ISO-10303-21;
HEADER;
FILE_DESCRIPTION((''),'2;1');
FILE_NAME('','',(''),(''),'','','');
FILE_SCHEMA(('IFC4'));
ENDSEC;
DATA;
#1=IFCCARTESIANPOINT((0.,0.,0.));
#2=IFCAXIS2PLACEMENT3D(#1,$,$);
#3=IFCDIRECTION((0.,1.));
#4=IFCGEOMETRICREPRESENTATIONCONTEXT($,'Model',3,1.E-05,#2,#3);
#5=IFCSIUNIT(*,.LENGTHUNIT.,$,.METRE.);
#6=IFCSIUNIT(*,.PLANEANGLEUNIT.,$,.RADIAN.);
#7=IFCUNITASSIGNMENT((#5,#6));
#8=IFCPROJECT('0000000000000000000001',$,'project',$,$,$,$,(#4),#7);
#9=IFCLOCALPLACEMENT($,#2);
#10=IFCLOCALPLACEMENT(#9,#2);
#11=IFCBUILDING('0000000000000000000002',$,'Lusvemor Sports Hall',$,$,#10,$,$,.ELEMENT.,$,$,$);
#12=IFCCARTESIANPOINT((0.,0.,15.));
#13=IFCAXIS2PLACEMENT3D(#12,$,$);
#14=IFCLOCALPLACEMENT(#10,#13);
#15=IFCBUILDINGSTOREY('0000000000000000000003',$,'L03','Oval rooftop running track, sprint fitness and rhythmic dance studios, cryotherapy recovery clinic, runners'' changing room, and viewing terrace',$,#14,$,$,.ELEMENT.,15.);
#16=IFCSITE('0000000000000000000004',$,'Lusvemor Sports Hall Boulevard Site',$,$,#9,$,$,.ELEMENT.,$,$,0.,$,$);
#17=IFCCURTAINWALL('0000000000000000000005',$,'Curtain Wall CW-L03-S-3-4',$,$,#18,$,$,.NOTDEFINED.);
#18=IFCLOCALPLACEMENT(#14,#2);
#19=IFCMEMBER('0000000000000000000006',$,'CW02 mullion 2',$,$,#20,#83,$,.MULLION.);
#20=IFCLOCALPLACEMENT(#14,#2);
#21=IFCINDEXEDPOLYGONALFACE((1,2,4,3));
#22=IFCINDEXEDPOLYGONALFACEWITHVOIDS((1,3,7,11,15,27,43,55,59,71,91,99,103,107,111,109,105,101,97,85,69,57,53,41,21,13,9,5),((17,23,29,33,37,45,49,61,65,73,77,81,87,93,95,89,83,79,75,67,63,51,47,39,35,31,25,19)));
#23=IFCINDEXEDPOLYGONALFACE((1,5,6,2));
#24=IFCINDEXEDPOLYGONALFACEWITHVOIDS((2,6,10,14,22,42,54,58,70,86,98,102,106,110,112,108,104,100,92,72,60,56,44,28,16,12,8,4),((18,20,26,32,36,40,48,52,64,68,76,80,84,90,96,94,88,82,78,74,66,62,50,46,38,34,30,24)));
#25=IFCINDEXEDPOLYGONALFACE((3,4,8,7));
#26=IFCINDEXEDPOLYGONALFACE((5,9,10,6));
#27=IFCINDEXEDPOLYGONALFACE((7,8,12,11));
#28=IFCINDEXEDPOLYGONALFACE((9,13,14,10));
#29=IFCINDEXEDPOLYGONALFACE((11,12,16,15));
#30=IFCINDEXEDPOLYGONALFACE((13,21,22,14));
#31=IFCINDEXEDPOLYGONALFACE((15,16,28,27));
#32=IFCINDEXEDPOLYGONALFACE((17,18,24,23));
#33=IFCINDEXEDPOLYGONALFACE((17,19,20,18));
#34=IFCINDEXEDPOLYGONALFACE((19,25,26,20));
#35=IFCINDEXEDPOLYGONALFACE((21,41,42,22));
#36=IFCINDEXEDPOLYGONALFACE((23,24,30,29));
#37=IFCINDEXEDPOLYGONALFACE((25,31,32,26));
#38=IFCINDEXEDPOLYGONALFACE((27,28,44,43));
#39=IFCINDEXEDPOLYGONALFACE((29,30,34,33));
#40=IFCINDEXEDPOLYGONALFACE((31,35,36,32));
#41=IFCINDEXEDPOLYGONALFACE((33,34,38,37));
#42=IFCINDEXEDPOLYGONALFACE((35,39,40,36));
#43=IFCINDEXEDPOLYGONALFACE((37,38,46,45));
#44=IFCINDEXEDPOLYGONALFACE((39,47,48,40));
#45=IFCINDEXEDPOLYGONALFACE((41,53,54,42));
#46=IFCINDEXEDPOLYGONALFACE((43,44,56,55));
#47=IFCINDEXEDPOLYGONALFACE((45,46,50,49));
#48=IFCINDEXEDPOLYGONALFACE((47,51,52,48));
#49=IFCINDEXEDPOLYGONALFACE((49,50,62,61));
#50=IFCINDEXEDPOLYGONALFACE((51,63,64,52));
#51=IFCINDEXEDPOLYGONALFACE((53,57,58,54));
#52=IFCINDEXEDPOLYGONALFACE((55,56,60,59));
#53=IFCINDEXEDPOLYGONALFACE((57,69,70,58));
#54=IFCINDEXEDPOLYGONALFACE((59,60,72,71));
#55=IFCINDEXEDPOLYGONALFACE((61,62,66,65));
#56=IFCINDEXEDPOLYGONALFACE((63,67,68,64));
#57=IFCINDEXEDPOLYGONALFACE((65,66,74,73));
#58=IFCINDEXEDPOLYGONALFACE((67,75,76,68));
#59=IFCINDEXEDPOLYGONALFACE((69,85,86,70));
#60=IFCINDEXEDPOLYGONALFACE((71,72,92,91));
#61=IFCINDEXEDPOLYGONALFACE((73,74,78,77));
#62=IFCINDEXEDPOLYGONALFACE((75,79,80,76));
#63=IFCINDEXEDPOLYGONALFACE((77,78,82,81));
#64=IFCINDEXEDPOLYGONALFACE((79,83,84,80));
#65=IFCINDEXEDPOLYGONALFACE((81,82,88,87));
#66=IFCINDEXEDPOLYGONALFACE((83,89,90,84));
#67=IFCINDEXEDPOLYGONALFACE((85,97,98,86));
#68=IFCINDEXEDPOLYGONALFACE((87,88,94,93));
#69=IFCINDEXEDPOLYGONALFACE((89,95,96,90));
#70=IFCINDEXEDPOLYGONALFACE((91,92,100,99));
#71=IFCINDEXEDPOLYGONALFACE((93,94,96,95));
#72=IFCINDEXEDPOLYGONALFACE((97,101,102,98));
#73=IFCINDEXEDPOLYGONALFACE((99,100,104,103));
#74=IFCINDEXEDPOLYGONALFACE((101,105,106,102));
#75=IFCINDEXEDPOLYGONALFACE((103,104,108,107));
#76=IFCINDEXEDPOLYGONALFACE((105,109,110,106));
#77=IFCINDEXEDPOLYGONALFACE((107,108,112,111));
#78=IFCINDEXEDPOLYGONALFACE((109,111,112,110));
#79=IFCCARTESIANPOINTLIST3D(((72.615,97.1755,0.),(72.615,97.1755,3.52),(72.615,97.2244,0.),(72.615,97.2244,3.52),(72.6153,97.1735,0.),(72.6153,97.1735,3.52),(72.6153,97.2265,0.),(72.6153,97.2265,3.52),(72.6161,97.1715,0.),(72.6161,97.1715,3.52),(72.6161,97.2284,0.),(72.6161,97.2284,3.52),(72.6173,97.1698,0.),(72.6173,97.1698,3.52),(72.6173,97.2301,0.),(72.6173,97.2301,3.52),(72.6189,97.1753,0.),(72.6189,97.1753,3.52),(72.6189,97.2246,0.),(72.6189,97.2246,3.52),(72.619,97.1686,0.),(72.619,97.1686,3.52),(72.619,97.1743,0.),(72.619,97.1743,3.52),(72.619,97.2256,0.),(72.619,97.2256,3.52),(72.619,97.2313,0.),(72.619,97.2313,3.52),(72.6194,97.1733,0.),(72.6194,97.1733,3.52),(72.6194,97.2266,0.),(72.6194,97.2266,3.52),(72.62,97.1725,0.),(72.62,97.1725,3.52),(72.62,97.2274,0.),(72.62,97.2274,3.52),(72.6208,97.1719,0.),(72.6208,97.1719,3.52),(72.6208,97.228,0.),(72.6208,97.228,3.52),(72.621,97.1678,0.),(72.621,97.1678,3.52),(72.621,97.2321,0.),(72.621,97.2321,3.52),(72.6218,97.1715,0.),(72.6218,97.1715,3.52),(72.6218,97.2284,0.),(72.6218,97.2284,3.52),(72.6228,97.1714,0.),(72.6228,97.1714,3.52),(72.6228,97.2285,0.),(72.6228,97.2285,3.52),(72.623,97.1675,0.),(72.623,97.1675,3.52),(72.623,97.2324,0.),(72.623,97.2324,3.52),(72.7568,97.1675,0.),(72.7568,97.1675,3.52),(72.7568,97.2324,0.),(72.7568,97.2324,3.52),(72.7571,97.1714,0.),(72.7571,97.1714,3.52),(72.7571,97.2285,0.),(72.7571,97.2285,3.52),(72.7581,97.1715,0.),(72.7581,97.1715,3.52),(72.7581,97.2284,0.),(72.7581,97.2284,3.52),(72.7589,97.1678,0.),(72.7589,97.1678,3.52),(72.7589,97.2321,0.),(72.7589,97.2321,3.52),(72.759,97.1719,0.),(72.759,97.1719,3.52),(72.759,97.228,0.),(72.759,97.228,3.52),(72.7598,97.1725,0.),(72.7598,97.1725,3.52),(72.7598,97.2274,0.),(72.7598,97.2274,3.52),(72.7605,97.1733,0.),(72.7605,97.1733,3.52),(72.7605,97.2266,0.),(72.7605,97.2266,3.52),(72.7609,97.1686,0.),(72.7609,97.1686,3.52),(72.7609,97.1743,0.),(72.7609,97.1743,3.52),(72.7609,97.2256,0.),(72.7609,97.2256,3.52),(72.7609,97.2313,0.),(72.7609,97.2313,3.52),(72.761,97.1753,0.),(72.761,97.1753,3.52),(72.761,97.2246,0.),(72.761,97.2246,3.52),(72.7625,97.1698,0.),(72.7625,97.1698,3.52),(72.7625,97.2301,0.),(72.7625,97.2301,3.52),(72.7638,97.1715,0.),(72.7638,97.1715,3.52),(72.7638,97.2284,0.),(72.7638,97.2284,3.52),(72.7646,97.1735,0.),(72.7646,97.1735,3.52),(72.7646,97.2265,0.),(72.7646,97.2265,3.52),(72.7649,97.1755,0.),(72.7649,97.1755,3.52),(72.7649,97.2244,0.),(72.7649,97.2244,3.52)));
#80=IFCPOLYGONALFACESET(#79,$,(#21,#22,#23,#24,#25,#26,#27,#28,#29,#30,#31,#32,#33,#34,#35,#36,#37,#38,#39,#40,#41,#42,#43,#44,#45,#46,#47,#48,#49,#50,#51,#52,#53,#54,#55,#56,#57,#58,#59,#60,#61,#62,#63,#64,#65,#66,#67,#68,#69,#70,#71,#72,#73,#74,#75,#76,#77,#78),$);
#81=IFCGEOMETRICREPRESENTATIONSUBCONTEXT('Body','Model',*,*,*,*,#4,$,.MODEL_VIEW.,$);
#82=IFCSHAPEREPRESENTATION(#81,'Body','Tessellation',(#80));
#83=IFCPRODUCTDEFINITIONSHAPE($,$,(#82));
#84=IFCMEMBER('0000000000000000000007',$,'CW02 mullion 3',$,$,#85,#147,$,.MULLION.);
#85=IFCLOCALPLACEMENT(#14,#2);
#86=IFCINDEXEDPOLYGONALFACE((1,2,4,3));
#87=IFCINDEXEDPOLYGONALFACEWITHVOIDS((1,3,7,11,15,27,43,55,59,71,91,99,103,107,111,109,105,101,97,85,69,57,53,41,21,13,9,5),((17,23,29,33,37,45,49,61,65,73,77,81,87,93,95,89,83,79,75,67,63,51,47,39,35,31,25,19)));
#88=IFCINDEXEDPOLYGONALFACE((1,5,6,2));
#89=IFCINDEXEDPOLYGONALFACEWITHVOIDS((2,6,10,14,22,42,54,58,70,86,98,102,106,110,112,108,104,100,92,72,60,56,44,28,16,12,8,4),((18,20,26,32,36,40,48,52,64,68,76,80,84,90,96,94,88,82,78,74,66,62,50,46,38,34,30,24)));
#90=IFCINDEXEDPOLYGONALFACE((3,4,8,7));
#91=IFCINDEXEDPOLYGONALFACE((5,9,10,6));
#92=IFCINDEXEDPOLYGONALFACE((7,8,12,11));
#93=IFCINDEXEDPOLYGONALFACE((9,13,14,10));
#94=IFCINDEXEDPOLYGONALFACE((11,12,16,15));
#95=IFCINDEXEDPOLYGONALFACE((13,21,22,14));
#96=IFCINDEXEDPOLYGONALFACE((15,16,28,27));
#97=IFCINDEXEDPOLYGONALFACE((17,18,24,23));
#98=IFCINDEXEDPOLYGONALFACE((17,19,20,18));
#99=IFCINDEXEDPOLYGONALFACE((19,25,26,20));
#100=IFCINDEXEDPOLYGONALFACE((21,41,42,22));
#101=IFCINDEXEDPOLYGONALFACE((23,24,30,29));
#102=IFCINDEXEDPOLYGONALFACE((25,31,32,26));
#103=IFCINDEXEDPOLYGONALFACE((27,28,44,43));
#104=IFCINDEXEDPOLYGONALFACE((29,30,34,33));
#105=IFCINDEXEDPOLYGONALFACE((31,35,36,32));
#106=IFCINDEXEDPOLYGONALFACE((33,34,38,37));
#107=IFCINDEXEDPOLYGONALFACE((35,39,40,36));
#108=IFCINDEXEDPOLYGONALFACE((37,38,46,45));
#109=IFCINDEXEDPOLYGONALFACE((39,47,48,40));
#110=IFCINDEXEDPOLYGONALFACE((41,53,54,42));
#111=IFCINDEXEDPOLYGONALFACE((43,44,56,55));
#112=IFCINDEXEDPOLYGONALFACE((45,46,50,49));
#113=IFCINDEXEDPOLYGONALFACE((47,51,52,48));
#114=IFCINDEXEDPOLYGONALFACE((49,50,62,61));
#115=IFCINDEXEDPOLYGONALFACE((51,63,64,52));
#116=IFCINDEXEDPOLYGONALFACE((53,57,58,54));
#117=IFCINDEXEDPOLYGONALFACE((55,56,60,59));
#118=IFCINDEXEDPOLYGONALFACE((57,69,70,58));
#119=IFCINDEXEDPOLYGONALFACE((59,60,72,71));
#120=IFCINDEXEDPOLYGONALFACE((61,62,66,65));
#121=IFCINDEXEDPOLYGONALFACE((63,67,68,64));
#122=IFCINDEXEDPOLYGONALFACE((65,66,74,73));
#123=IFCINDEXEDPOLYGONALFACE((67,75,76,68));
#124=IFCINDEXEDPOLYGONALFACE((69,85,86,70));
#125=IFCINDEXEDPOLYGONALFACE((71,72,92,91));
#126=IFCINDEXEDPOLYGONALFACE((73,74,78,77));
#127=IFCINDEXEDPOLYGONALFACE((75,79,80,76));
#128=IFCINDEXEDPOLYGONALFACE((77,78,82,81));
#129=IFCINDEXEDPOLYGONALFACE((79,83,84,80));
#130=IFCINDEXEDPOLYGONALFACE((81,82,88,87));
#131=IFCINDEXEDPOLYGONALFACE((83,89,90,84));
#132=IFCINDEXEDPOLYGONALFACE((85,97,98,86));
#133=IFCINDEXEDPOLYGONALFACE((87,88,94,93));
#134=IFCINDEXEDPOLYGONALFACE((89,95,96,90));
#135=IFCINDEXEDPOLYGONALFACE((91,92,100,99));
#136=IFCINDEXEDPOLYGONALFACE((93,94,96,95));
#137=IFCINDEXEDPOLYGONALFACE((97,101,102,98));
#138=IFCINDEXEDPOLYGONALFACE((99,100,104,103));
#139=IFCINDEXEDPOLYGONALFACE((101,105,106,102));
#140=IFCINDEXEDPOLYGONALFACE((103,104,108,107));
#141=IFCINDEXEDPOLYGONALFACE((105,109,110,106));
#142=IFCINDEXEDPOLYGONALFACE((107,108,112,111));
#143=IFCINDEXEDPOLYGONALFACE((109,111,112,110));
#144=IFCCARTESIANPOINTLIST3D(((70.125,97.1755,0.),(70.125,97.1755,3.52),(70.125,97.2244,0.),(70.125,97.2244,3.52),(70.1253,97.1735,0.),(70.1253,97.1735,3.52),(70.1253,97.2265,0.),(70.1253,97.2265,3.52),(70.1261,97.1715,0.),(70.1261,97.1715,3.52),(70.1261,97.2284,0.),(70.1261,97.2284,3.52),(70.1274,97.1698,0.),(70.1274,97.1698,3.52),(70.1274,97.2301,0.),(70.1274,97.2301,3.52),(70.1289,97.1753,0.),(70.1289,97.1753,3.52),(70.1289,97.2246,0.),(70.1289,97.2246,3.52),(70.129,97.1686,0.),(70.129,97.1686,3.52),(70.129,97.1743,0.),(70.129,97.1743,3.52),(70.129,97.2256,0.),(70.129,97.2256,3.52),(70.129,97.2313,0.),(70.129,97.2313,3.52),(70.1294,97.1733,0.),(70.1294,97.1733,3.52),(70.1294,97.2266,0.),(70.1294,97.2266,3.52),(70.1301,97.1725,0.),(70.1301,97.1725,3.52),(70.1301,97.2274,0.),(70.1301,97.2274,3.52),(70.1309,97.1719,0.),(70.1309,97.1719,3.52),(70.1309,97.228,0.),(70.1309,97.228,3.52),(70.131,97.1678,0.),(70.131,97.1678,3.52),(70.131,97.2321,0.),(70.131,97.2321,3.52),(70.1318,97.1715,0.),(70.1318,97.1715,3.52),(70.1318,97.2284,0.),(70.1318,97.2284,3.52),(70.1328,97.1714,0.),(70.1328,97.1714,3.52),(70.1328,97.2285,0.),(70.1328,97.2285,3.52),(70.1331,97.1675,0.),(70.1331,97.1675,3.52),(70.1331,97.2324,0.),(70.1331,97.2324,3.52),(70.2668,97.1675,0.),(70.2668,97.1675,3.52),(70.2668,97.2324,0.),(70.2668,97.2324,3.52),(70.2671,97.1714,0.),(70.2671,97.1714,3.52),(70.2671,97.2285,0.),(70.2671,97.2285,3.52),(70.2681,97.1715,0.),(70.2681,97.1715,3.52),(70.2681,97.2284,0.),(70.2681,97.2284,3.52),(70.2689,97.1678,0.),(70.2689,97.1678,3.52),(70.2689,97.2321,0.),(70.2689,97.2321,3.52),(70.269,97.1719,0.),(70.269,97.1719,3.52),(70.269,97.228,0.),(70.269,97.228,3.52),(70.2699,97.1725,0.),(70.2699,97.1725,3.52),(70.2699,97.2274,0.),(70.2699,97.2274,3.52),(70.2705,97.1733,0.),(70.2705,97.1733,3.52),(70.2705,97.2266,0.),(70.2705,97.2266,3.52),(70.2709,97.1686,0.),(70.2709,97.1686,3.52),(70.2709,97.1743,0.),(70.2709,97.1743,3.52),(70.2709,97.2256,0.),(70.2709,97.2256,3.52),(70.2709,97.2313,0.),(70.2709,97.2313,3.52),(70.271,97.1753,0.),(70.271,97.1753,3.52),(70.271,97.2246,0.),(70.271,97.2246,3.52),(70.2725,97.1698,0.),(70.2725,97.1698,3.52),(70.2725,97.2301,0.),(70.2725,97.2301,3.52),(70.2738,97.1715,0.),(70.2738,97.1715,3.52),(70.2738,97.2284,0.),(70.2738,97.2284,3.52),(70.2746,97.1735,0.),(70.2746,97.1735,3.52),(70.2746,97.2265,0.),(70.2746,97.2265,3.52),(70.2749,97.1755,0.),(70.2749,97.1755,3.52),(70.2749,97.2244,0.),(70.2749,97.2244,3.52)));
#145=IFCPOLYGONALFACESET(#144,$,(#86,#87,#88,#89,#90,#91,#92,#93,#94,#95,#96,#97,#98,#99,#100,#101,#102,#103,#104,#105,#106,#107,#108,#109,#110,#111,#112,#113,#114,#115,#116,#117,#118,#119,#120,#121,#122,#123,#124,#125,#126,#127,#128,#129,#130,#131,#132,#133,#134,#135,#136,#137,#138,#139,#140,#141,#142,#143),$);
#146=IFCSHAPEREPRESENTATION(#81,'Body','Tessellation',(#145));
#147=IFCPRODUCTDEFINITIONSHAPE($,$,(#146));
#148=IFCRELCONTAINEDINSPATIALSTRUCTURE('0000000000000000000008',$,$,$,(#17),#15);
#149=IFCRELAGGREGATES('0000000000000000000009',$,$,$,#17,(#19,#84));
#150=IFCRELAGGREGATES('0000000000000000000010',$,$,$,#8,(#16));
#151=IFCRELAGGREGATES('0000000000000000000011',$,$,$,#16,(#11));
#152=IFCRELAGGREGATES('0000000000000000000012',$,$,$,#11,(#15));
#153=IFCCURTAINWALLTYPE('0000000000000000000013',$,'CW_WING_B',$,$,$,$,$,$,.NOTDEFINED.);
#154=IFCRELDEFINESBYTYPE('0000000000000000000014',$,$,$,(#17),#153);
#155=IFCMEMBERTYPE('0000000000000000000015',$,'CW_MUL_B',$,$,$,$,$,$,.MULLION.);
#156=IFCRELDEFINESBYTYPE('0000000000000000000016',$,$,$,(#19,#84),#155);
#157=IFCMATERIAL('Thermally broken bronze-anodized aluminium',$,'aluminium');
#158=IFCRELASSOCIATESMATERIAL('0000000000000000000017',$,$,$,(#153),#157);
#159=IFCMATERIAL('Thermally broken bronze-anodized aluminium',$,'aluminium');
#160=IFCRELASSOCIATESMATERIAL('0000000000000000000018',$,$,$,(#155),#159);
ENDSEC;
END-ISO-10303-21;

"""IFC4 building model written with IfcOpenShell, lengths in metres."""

from ifc_helpers import new_model, si_unit, direction, frame, origin, origin_2d, place, context, subcontext, project, spatial, hollow_rectangle, extrude, material, material_profile, profile_set, type_object, element, aggregate, save


model = new_model("IFC4")

# Units and contexts
model_context = context("Model", 3, precision=1e-05, world=origin(), true_north=direction((0.0, 1.0)))
body_context = subcontext(model_context, "Body", "Model", "MODEL_VIEW")
ifc_project = project(units=[si_unit("LENGTHUNIT", "METRE"), si_unit("PLANEANGLEUNIT", "RADIAN")], contexts=[model_context])

# Site, building, storey
site_placement = place(None, origin())
site = spatial("IfcSite", under=ifc_project, at=site_placement, Name="Lusvemor Sports Hall Boulevard Site", CompositionType="ELEMENT", RefElevation=0.0)
building_placement = place(site_placement, origin())
building = spatial("IfcBuilding", under=site, at=building_placement, Name="Lusvemor Sports Hall", CompositionType="ELEMENT")
storey_placement = place(building_placement, frame((0.0, 0.0, 15.0)))
storey = spatial("IfcBuildingStorey", under=building, at=storey_placement, Name="L03", Description="Oval rooftop running track, sprint fitness and rhythmic dance studios, cryotherapy recovery clinic, runners' changing room, and viewing terrace", CompositionType="ELEMENT", Elevation=15.0)

# Curtain wall, members
ifc_material_1 = material(Name="Thermally broken bronze-anodized aluminium", Category="aluminium")
curtain_wall_type = type_object("IfcCurtainWallType", Name="CW_WING_B", PredefinedType="NOTDEFINED", material=ifc_material_1)
curtain_wall_placement = place(storey_placement, origin())
curtain_wall = element("IfcCurtainWall", 1, at=curtain_wall_placement, inside=storey, type_object=curtain_wall_type, Name="Curtain Wall CW-L03-S-3-4", PredefinedType="NOTDEFINED")
ifc_material_2 = material(Name="Thermally broken bronze-anodized aluminium", Category="aluminium")
ifc_material_profile_1 = material_profile(ifc_material_2, hollow_rectangle(XDim=0.0649, YDim=0.1499, WallThickness=0.0039, InnerFilletRadius=0.0039, OuterFilletRadius=0.0081, at=origin_2d()), Name="CWMUL150x65x4")
ifc_profile_set_1 = profile_set([ifc_material_profile_1], Name="Thermally broken bronze-anodized aluminium")
member_type_1 = type_object("IfcMemberType", Name="CW_MUL_B", PredefinedType="MULLION", material=ifc_profile_set_1)
member_1_placement = place(storey_placement, frame((72.6899, 97.2, 0.0), z_axis=(0.0, 0.0, 1.0), x_axis=(0.0, -1.0, 0.0)))
member_1 = element("IfcMember", 2, at=member_1_placement, type_object=member_type_1, Name="CW02 mullion 2", PredefinedType="MULLION", context=body_context, shape_type="SweptSolid", body=[
    extrude(hollow_rectangle(XDim=0.0649, YDim=0.1499, WallThickness=0.0039, InnerFilletRadius=0.0039, OuterFilletRadius=0.0081, at=origin_2d()), origin(), (0.0, 0.0, 1.0), 3.52),
])
member_2_placement = place(storey_placement, frame((70.2, 97.2, 0.0), z_axis=(0.0, 0.0, 1.0), x_axis=(0.0, -1.0, 0.0)))
member_2 = element("IfcMember", 3, at=member_2_placement, type_object=member_type_1, Name="CW02 mullion 3", PredefinedType="MULLION", context=body_context, shape_type="SweptSolid", body=[
    extrude(hollow_rectangle(XDim=0.0649, YDim=0.1499, WallThickness=0.0039, InnerFilletRadius=0.0039, OuterFilletRadius=0.0081, at=origin_2d()), origin(), (0.0, 0.0, 1.0), 3.52),
])

aggregate(curtain_wall, [member_1, member_2])

save(model, "model.ifc")
